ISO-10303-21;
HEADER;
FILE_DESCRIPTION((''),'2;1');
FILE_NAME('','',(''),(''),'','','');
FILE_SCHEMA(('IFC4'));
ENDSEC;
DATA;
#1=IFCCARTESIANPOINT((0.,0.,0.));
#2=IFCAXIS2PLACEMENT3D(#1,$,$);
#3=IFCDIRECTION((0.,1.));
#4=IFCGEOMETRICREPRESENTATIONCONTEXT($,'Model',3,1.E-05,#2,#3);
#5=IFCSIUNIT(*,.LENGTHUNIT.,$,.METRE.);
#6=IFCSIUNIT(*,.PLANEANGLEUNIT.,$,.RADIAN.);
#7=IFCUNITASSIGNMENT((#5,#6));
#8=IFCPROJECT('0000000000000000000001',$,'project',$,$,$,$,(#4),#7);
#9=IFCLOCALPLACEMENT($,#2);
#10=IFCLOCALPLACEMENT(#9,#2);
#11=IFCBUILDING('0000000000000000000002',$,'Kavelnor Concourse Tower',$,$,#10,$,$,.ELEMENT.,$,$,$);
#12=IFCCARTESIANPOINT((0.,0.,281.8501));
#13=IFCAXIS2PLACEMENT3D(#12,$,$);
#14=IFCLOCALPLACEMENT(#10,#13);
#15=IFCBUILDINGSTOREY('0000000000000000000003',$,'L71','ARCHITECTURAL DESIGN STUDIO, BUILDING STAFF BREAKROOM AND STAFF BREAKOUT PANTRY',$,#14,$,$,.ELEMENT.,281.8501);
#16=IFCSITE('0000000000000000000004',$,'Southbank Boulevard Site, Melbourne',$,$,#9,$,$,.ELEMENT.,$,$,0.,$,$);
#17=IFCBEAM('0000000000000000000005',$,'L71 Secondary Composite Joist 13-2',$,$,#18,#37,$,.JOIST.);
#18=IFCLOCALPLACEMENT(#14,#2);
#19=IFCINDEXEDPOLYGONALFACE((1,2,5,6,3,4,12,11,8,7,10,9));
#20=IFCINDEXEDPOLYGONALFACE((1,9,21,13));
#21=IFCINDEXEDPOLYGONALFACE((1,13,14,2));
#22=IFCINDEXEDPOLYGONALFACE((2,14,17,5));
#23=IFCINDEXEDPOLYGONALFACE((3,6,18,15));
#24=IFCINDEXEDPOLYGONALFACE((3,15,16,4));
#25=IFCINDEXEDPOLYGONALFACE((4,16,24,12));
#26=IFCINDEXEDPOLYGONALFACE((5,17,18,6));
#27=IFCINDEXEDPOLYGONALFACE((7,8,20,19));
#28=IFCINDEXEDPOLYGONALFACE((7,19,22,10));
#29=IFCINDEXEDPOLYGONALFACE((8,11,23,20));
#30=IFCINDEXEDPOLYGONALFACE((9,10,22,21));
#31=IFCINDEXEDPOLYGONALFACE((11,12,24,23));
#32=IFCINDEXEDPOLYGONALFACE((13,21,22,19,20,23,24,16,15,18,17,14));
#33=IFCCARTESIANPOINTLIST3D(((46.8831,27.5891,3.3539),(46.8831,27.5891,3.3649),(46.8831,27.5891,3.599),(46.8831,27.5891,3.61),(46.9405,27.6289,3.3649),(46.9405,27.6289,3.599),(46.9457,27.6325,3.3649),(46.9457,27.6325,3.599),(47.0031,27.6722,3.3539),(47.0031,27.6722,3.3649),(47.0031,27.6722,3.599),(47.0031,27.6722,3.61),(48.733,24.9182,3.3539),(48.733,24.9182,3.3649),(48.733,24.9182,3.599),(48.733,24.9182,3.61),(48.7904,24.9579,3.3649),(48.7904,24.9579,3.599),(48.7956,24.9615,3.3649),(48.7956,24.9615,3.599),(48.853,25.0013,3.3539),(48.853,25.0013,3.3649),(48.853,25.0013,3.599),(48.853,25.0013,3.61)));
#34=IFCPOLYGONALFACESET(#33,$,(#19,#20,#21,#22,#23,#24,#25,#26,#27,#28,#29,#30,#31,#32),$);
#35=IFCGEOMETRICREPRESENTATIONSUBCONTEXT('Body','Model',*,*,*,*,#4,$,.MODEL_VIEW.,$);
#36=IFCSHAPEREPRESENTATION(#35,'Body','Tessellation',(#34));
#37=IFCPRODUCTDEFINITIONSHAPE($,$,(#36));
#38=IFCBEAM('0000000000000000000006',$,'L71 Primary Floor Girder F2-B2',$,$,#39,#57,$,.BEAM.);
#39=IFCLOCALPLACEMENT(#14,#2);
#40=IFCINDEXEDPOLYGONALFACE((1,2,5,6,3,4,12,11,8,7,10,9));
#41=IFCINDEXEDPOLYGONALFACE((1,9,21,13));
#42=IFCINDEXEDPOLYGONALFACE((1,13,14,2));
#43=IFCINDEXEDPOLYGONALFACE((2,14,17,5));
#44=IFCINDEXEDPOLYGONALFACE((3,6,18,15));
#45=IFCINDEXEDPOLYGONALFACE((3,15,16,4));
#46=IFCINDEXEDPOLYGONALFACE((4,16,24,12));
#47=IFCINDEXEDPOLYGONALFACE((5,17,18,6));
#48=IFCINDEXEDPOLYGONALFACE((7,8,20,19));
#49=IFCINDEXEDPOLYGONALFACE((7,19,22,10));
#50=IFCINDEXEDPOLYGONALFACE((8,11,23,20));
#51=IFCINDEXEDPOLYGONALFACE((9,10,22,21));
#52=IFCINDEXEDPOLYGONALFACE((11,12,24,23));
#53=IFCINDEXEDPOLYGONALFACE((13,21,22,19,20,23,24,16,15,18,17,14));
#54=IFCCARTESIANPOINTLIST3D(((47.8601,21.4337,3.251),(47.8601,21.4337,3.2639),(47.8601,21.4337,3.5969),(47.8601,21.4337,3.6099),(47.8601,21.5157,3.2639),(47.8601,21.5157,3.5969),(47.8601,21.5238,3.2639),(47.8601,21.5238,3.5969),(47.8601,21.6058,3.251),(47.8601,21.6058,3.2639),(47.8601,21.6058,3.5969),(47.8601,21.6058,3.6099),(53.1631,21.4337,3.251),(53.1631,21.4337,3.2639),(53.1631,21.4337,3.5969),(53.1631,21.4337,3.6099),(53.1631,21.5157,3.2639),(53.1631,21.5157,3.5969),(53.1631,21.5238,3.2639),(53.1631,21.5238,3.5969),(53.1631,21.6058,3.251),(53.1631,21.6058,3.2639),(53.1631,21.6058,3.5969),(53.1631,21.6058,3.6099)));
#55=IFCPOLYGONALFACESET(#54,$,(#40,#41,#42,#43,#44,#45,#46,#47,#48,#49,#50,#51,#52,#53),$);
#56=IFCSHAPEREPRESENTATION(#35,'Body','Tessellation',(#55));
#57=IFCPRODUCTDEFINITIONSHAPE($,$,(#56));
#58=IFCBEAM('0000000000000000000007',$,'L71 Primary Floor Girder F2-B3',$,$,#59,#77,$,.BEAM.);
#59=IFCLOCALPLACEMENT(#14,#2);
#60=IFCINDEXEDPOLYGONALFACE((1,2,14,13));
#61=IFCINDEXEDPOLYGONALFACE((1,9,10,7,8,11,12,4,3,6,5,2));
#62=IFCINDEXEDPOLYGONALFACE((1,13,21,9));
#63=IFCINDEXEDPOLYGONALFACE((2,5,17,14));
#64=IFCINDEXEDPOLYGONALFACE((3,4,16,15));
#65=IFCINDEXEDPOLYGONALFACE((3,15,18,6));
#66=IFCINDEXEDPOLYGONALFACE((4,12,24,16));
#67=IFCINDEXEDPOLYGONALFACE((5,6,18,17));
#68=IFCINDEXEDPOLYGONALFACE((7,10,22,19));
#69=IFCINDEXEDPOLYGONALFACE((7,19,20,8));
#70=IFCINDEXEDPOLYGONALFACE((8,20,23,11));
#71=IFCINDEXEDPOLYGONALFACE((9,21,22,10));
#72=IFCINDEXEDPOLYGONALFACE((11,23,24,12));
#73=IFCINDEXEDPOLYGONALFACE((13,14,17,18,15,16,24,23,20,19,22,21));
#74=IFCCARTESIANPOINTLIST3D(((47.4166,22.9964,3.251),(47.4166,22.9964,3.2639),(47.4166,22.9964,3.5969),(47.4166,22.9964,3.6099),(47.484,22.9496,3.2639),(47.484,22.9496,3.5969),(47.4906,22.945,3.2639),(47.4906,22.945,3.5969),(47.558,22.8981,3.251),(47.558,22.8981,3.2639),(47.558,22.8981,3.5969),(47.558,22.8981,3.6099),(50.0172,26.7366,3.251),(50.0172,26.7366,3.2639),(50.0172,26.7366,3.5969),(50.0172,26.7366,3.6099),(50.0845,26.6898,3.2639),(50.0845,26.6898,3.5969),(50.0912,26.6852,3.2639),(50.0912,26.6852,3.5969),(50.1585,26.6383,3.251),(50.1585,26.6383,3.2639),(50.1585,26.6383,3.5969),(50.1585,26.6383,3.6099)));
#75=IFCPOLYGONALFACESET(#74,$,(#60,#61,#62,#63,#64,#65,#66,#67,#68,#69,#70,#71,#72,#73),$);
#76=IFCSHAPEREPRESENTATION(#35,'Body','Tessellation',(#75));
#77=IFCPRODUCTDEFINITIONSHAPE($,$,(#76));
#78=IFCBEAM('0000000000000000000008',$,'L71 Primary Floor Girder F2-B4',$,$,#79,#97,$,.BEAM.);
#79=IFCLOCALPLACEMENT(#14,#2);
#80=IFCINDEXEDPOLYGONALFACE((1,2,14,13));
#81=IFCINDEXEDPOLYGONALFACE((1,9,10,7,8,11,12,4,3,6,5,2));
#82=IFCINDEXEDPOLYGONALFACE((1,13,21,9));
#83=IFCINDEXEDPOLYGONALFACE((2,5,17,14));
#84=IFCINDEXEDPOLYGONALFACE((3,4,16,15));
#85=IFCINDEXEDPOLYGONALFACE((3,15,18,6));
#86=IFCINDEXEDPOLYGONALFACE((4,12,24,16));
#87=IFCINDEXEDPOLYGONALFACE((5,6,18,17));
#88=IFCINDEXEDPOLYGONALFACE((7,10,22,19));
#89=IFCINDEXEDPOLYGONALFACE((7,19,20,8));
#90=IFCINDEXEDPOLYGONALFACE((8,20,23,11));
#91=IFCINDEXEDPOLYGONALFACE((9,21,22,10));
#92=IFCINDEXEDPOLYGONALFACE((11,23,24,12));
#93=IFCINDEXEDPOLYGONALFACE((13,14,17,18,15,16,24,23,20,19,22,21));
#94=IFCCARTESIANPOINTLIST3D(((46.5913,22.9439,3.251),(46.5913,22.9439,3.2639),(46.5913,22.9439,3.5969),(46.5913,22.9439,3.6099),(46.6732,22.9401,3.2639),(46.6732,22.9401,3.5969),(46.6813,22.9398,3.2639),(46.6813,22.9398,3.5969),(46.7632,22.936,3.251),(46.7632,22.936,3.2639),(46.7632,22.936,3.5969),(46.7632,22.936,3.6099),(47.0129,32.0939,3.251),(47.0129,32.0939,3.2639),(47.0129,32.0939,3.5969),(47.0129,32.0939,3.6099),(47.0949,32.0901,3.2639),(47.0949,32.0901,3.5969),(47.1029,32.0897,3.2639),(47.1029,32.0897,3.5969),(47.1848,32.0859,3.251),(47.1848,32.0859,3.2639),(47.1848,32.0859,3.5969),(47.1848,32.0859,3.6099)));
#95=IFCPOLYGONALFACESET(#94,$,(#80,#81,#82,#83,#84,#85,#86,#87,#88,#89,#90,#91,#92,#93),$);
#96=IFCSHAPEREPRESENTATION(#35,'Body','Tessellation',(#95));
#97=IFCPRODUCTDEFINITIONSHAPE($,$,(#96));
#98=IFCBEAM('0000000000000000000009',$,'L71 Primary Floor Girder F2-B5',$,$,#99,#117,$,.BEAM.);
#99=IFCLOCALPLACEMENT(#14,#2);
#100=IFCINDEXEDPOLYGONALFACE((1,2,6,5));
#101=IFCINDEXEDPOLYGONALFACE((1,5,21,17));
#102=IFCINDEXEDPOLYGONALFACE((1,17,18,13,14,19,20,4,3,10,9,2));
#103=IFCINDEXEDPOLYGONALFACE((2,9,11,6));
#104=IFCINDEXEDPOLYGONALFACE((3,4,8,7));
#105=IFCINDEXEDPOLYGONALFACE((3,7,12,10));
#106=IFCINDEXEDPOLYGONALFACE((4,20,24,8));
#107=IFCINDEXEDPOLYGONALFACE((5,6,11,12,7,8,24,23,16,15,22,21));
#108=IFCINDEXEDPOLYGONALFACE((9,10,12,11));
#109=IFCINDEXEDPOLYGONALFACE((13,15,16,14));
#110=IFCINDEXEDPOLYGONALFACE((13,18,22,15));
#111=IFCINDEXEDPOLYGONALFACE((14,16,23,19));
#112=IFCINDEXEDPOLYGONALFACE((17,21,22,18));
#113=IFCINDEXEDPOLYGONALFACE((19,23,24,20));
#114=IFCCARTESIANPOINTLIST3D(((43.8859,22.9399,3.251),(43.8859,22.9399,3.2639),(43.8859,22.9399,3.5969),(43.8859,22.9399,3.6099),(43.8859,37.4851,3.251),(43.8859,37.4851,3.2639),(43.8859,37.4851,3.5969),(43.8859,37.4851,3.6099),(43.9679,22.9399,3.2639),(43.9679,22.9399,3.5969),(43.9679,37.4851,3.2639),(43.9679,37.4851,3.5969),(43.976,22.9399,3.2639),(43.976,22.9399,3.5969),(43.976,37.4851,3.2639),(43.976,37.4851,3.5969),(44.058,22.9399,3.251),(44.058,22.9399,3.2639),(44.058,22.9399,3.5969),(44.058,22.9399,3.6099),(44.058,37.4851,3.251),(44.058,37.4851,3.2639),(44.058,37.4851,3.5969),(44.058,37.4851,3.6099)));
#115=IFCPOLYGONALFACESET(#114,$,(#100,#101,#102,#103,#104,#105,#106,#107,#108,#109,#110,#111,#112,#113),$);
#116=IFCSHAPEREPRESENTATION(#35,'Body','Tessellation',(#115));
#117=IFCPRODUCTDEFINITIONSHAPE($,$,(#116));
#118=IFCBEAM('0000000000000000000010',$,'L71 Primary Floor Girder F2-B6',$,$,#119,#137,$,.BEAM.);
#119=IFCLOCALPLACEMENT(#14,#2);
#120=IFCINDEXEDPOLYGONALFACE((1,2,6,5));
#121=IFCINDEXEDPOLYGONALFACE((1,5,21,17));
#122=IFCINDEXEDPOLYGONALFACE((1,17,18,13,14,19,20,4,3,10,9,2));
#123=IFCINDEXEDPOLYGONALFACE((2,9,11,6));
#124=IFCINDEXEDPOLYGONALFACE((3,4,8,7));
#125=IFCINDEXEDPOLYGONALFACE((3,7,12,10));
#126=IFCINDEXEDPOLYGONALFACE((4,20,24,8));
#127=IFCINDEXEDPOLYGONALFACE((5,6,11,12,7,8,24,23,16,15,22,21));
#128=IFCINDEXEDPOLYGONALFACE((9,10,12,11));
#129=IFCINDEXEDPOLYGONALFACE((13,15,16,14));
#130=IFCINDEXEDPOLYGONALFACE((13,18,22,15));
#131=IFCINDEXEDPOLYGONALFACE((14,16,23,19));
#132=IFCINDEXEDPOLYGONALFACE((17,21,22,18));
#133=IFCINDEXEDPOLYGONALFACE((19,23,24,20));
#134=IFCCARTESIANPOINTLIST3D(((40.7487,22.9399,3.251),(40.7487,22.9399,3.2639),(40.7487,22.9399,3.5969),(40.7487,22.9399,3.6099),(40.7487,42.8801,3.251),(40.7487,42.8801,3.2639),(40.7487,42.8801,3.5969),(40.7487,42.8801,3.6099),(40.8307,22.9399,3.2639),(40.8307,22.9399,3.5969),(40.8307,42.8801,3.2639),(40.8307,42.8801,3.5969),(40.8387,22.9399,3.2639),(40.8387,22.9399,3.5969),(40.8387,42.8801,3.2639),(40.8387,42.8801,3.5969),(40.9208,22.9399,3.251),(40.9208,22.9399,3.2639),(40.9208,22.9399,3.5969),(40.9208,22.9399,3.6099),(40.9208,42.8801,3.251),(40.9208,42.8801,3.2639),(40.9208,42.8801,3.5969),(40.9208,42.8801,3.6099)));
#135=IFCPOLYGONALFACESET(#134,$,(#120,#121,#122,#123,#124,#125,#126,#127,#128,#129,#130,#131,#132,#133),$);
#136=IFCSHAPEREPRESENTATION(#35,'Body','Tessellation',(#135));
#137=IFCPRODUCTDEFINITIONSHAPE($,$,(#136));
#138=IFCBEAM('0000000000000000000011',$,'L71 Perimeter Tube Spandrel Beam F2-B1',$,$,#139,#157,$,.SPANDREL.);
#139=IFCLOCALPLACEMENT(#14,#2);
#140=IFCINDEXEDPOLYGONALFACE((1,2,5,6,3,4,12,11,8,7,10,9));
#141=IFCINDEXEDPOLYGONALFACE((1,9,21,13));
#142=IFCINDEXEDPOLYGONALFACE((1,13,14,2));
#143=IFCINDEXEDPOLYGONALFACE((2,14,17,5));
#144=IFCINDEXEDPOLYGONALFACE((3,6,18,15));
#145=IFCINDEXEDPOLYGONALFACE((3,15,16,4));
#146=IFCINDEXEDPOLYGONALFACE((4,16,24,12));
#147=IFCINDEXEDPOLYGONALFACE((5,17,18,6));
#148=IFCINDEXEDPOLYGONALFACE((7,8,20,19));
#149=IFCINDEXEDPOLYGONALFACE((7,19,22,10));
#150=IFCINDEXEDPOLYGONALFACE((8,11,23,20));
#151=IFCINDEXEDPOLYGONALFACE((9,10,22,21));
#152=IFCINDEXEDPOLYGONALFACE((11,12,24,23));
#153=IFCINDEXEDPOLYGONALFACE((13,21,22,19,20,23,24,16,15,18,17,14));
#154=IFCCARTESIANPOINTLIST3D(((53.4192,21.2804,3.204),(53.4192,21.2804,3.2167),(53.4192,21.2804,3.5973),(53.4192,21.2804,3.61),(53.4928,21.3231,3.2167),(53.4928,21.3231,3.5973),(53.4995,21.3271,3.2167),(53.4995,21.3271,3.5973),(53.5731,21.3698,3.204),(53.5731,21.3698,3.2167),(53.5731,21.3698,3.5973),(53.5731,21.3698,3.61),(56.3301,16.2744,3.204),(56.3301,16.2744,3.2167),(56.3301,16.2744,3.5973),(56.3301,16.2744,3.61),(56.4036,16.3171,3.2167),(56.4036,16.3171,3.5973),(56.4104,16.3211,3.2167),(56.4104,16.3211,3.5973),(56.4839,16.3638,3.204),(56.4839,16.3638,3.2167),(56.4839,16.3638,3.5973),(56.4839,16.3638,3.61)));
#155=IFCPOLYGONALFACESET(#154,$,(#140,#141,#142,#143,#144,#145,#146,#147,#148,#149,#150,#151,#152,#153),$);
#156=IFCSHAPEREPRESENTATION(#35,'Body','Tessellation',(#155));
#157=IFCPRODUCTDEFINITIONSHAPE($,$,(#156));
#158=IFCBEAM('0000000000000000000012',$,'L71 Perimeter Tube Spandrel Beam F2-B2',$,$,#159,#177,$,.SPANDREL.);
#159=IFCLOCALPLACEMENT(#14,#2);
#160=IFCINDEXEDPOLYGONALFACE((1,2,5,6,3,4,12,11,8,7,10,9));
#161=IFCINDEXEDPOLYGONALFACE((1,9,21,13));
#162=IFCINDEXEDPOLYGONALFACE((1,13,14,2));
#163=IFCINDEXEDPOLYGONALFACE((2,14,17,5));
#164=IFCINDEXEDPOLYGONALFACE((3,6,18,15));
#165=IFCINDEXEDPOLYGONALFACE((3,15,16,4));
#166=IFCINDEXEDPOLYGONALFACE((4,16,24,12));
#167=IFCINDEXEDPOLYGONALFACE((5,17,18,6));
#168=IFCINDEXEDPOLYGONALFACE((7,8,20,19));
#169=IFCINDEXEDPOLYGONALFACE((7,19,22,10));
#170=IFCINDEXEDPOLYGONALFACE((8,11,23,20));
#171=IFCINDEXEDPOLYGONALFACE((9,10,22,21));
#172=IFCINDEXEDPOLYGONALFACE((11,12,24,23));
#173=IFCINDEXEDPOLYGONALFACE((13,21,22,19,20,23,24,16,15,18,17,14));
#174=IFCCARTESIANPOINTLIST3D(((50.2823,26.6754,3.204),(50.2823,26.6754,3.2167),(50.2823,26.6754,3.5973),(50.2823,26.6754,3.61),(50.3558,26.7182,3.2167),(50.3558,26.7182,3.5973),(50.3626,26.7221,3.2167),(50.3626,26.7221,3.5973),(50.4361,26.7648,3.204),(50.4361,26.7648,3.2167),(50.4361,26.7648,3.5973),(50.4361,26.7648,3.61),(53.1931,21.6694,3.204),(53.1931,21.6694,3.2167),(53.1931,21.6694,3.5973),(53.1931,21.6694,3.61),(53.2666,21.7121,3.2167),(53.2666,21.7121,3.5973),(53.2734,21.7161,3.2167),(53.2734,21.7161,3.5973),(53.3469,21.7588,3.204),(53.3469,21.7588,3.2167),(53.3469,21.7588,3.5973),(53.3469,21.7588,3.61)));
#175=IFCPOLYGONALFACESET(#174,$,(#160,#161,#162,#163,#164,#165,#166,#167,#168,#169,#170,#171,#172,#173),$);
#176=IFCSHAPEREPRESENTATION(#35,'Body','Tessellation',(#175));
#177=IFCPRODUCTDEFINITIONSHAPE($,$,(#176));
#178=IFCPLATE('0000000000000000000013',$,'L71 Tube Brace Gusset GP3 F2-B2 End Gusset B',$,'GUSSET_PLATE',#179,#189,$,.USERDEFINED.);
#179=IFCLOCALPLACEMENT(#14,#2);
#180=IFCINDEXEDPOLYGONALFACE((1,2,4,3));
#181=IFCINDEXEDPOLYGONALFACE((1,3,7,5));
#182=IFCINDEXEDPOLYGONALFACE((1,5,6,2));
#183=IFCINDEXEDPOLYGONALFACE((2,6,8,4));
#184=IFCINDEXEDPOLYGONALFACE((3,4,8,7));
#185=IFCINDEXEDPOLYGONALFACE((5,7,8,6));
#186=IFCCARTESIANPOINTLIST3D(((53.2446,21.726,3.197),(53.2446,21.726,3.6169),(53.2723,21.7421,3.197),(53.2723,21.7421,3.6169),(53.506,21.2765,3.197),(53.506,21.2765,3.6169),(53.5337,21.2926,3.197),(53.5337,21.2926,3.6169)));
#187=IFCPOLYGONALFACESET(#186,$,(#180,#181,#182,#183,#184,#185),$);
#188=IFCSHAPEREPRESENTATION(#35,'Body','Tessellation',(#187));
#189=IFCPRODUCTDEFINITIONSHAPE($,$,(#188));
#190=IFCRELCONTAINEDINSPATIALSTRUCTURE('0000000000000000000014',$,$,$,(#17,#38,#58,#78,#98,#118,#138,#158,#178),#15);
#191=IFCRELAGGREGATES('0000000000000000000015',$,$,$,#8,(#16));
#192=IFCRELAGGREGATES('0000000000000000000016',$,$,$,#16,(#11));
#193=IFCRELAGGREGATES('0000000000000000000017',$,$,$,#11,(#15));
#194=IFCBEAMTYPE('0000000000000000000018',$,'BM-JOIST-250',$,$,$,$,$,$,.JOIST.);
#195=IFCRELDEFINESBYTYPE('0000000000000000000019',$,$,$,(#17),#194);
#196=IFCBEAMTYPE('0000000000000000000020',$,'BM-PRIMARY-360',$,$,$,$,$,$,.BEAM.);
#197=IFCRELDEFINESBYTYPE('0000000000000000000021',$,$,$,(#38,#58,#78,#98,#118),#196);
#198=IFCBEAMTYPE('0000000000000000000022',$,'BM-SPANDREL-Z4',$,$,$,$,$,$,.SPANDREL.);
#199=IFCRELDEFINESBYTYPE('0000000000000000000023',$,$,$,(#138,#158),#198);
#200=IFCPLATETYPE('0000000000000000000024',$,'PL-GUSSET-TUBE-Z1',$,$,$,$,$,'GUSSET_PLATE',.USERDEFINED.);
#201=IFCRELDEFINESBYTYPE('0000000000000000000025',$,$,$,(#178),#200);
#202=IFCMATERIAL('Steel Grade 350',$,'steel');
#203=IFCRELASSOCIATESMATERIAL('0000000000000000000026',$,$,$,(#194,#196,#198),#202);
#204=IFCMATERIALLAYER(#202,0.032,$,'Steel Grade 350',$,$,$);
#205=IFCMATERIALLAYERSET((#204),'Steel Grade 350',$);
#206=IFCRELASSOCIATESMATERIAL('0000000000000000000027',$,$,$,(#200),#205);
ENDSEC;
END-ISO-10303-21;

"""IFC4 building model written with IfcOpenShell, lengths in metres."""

from ifc_helpers import new_model, si_unit, direction, frame, origin, origin_2d, place, context, subcontext, project, spatial, rectangle, i_section, extrude, material, layer, layer_set, material_profile, profile_set, type_object, element, save


model = new_model("IFC4")

# Units and contexts
model_context = context("Model", 3, precision=1e-05, world=origin(), true_north=direction((0.0, 1.0)))
body_context = subcontext(model_context, "Body", "Model", "MODEL_VIEW")
ifc_project = project(units=[si_unit("LENGTHUNIT", "METRE"), si_unit("PLANEANGLEUNIT", "RADIAN")], contexts=[model_context])

# Site, building, storey
site_placement = place(None, origin())
site = spatial("IfcSite", under=ifc_project, at=site_placement, Name="Southbank Boulevard Site, Melbourne", CompositionType="ELEMENT", RefElevation=0.0)
building_placement = place(site_placement, origin())
building = spatial("IfcBuilding", under=site, at=building_placement, Name="Kavelnor Concourse Tower", CompositionType="ELEMENT")
storey_placement = place(building_placement, frame((0.0, 0.0, 281.8501)))
storey = spatial("IfcBuildingStorey", under=building, at=storey_placement, Name="L71", Description="ARCHITECTURAL DESIGN STUDIO, BUILDING STAFF BREAKROOM AND STAFF BREAKOUT PANTRY", CompositionType="ELEMENT", Elevation=281.8501)

# Shared definitions
ifc_material_1 = material(Name="Steel Grade 350", Category="steel")

# Beams
ifc_material_profile_1 = material_profile(ifc_material_1, i_section(OverallWidth=0.146, OverallDepth=0.2561, WebThickness=0.0063, FlangeThickness=0.011, at=origin_2d()), Name="250UB37")
ifc_profile_set_1 = profile_set([ifc_material_profile_1], Name="Steel Grade 350")
beam_type_1 = type_object("IfcBeamType", Name="BM-JOIST-250", PredefinedType="JOIST", material=ifc_profile_set_1)
beam_1_placement = place(storey_placement, frame((48.793, 24.9597, 3.4819), z_axis=(-0.56937, 0.822081, 0.0), x_axis=(-0.822081, -0.56937, 0.0)))
element("IfcBeam", 1, at=beam_1_placement, inside=storey, type_object=beam_type_1, Name="L71 Secondary Composite Joist 13-2", PredefinedType="JOIST", context=body_context, shape_type="SweptSolid", body=[
    extrude(i_section(OverallWidth=0.146, OverallDepth=0.2561, WebThickness=0.0063, FlangeThickness=0.011, at=origin_2d()), origin(), (0.0, 0.0, 1.0), 3.249),
])
ifc_material_profile_2 = material_profile(ifc_material_1, i_section(OverallWidth=0.1721, OverallDepth=0.3589, WebThickness=0.0081, FlangeThickness=0.0129, at=origin_2d()), Name="360UB56")
ifc_profile_set_2 = profile_set([ifc_material_profile_2], Name="Steel Grade 350")
beam_type_2 = type_object("IfcBeamType", Name="BM-PRIMARY-360", PredefinedType="BEAM", material=ifc_profile_set_2)
beam_2_placement = place(storey_placement, frame((47.8601, 21.5198, 3.4304), z_axis=(1.0, 0.0, 0.0), x_axis=(0.0, 1.0, 0.0)))
element("IfcBeam", 2, at=beam_2_placement, inside=storey, type_object=beam_type_2, Name="L71 Primary Floor Girder F2-B2", PredefinedType="BEAM", context=body_context, shape_type="SweptSolid", body=[
    extrude(i_section(OverallWidth=0.1721, OverallDepth=0.3589, WebThickness=0.0081, FlangeThickness=0.0129, at=origin_2d()), origin(), (0.0, 0.0, 1.0), 5.303),
])
beam_3_placement = place(storey_placement, frame((47.4873, 22.9473, 3.4304), z_axis=(0.57087, 0.821041, 0.0), x_axis=(-0.821041, 0.57087, 0.0)))
element("IfcBeam", 3, at=beam_3_placement, inside=storey, type_object=beam_type_2, Name="L71 Primary Floor Girder F2-B3", PredefinedType="BEAM", context=body_context, shape_type="SweptSolid", body=[
    extrude(i_section(OverallWidth=0.1721, OverallDepth=0.3589, WebThickness=0.0081, FlangeThickness=0.0129, at=origin_2d()), origin(), (0.0, 0.0, 1.0), 4.5554),
])
beam_4_placement = place(storey_placement, frame((46.6772, 22.9399, 3.4304), z_axis=(0.046032, 0.99894, 0.0), x_axis=(-0.99894, 0.046032, 0.0)))
element("IfcBeam", 4, at=beam_4_placement, inside=storey, type_object=beam_type_2, Name="L71 Primary Floor Girder F2-B4", PredefinedType="BEAM", context=body_context, shape_type="SweptSolid", body=[
    extrude(i_section(OverallWidth=0.1721, OverallDepth=0.3589, WebThickness=0.0081, FlangeThickness=0.0129, at=origin_2d()), origin(), (0.0, 0.0, 1.0), 9.1597),
])
beam_5_placement = place(storey_placement, frame((43.9719, 22.9399, 3.4304), z_axis=(0.0, 1.0, 0.0), x_axis=(-1.0, 0.0, 0.0)))
element("IfcBeam", 5, at=beam_5_placement, inside=storey, type_object=beam_type_2, Name="L71 Primary Floor Girder F2-B5", PredefinedType="BEAM", context=body_context, shape_type="SweptSolid", body=[
    extrude(i_section(OverallWidth=0.1721, OverallDepth=0.3589, WebThickness=0.0081, FlangeThickness=0.0129, at=origin_2d()), origin(), (0.0, 0.0, 1.0), 14.5452),
])
beam_6_placement = place(storey_placement, frame((40.8347, 22.9399, 3.4304), z_axis=(0.0, 1.0, 0.0), x_axis=(-1.0, 0.0, 0.0)))
element("IfcBeam", 6, at=beam_6_placement, inside=storey, type_object=beam_type_2, Name="L71 Primary Floor Girder F2-B6", PredefinedType="BEAM", context=body_context, shape_type="SweptSolid", body=[
    extrude(i_section(OverallWidth=0.1721, OverallDepth=0.3589, WebThickness=0.0081, FlangeThickness=0.0129, at=origin_2d()), origin(), (0.0, 0.0, 1.0), 19.9402),
])
ifc_material_profile_3 = material_profile(ifc_material_1, i_section(OverallWidth=0.178, OverallDepth=0.406, WebThickness=0.0078, FlangeThickness=0.0127, at=origin_2d()), Name="410UB59")
ifc_profile_set_3 = profile_set([ifc_material_profile_3], Name="Steel Grade 350")
beam_type_3 = type_object("IfcBeamType", Name="BM-SPANDREL-Z4", PredefinedType="SPANDREL", material=ifc_profile_set_3)
for number, where, z_axis, x_axis, name in (
    (7, (56.407, 16.3191, 3.407), (-0.502667, 0.86448, 0.0), (-0.86448, -0.502667, 0.0), "L71 Perimeter Tube Spandrel Beam F2-B1"),
    (8, (53.27, 21.7141, 3.407), (-0.502667, 0.86448, 0.0), (-0.86448, -0.502667, 0.0), "L71 Perimeter Tube Spandrel Beam F2-B2"),
):
    element("IfcBeam", number, at=place(storey_placement, frame(where, z_axis=z_axis, x_axis=x_axis)), inside=storey, type_object=beam_type_3, Name=name, PredefinedType="SPANDREL", context=body_context, shape_type="SweptSolid", body=[
        extrude(i_section(OverallWidth=0.178, OverallDepth=0.406, WebThickness=0.0078, FlangeThickness=0.0127, at=origin_2d()), origin(), (0.0, 0.0, 1.0), 5.7908),
    ])

# Plate
ifc_layer_1 = layer(ifc_material_1, 0.032, Name="Steel Grade 350")
ifc_layer_set_1 = layer_set([ifc_layer_1], Name="Steel Grade 350")
plate_type = type_object("IfcPlateType", Name="PL-GUSSET-TUBE-Z1", ElementType="GUSSET_PLATE", PredefinedType="USERDEFINED", material=ifc_layer_set_1)
plate_placement = place(storey_placement, frame((53.3892, 21.5093, 3.197), z_axis=(0.0, 0.0, 1.0), x_axis=(0.502718, -0.86445, 0.0)))
element("IfcPlate", 9, at=plate_placement, inside=storey, type_object=plate_type, Name="L71 Tube Brace Gusset GP3 F2-B2 End Gusset B", ObjectType="GUSSET_PLATE", PredefinedType="USERDEFINED", context=body_context, shape_type="SweptSolid", body=[
    extrude(rectangle(XDim=0.52, YDim=0.032, at=origin_2d()), origin(), (0.0, 0.0, 1.0), 0.4199),
])

save(model, "model.ifc")
